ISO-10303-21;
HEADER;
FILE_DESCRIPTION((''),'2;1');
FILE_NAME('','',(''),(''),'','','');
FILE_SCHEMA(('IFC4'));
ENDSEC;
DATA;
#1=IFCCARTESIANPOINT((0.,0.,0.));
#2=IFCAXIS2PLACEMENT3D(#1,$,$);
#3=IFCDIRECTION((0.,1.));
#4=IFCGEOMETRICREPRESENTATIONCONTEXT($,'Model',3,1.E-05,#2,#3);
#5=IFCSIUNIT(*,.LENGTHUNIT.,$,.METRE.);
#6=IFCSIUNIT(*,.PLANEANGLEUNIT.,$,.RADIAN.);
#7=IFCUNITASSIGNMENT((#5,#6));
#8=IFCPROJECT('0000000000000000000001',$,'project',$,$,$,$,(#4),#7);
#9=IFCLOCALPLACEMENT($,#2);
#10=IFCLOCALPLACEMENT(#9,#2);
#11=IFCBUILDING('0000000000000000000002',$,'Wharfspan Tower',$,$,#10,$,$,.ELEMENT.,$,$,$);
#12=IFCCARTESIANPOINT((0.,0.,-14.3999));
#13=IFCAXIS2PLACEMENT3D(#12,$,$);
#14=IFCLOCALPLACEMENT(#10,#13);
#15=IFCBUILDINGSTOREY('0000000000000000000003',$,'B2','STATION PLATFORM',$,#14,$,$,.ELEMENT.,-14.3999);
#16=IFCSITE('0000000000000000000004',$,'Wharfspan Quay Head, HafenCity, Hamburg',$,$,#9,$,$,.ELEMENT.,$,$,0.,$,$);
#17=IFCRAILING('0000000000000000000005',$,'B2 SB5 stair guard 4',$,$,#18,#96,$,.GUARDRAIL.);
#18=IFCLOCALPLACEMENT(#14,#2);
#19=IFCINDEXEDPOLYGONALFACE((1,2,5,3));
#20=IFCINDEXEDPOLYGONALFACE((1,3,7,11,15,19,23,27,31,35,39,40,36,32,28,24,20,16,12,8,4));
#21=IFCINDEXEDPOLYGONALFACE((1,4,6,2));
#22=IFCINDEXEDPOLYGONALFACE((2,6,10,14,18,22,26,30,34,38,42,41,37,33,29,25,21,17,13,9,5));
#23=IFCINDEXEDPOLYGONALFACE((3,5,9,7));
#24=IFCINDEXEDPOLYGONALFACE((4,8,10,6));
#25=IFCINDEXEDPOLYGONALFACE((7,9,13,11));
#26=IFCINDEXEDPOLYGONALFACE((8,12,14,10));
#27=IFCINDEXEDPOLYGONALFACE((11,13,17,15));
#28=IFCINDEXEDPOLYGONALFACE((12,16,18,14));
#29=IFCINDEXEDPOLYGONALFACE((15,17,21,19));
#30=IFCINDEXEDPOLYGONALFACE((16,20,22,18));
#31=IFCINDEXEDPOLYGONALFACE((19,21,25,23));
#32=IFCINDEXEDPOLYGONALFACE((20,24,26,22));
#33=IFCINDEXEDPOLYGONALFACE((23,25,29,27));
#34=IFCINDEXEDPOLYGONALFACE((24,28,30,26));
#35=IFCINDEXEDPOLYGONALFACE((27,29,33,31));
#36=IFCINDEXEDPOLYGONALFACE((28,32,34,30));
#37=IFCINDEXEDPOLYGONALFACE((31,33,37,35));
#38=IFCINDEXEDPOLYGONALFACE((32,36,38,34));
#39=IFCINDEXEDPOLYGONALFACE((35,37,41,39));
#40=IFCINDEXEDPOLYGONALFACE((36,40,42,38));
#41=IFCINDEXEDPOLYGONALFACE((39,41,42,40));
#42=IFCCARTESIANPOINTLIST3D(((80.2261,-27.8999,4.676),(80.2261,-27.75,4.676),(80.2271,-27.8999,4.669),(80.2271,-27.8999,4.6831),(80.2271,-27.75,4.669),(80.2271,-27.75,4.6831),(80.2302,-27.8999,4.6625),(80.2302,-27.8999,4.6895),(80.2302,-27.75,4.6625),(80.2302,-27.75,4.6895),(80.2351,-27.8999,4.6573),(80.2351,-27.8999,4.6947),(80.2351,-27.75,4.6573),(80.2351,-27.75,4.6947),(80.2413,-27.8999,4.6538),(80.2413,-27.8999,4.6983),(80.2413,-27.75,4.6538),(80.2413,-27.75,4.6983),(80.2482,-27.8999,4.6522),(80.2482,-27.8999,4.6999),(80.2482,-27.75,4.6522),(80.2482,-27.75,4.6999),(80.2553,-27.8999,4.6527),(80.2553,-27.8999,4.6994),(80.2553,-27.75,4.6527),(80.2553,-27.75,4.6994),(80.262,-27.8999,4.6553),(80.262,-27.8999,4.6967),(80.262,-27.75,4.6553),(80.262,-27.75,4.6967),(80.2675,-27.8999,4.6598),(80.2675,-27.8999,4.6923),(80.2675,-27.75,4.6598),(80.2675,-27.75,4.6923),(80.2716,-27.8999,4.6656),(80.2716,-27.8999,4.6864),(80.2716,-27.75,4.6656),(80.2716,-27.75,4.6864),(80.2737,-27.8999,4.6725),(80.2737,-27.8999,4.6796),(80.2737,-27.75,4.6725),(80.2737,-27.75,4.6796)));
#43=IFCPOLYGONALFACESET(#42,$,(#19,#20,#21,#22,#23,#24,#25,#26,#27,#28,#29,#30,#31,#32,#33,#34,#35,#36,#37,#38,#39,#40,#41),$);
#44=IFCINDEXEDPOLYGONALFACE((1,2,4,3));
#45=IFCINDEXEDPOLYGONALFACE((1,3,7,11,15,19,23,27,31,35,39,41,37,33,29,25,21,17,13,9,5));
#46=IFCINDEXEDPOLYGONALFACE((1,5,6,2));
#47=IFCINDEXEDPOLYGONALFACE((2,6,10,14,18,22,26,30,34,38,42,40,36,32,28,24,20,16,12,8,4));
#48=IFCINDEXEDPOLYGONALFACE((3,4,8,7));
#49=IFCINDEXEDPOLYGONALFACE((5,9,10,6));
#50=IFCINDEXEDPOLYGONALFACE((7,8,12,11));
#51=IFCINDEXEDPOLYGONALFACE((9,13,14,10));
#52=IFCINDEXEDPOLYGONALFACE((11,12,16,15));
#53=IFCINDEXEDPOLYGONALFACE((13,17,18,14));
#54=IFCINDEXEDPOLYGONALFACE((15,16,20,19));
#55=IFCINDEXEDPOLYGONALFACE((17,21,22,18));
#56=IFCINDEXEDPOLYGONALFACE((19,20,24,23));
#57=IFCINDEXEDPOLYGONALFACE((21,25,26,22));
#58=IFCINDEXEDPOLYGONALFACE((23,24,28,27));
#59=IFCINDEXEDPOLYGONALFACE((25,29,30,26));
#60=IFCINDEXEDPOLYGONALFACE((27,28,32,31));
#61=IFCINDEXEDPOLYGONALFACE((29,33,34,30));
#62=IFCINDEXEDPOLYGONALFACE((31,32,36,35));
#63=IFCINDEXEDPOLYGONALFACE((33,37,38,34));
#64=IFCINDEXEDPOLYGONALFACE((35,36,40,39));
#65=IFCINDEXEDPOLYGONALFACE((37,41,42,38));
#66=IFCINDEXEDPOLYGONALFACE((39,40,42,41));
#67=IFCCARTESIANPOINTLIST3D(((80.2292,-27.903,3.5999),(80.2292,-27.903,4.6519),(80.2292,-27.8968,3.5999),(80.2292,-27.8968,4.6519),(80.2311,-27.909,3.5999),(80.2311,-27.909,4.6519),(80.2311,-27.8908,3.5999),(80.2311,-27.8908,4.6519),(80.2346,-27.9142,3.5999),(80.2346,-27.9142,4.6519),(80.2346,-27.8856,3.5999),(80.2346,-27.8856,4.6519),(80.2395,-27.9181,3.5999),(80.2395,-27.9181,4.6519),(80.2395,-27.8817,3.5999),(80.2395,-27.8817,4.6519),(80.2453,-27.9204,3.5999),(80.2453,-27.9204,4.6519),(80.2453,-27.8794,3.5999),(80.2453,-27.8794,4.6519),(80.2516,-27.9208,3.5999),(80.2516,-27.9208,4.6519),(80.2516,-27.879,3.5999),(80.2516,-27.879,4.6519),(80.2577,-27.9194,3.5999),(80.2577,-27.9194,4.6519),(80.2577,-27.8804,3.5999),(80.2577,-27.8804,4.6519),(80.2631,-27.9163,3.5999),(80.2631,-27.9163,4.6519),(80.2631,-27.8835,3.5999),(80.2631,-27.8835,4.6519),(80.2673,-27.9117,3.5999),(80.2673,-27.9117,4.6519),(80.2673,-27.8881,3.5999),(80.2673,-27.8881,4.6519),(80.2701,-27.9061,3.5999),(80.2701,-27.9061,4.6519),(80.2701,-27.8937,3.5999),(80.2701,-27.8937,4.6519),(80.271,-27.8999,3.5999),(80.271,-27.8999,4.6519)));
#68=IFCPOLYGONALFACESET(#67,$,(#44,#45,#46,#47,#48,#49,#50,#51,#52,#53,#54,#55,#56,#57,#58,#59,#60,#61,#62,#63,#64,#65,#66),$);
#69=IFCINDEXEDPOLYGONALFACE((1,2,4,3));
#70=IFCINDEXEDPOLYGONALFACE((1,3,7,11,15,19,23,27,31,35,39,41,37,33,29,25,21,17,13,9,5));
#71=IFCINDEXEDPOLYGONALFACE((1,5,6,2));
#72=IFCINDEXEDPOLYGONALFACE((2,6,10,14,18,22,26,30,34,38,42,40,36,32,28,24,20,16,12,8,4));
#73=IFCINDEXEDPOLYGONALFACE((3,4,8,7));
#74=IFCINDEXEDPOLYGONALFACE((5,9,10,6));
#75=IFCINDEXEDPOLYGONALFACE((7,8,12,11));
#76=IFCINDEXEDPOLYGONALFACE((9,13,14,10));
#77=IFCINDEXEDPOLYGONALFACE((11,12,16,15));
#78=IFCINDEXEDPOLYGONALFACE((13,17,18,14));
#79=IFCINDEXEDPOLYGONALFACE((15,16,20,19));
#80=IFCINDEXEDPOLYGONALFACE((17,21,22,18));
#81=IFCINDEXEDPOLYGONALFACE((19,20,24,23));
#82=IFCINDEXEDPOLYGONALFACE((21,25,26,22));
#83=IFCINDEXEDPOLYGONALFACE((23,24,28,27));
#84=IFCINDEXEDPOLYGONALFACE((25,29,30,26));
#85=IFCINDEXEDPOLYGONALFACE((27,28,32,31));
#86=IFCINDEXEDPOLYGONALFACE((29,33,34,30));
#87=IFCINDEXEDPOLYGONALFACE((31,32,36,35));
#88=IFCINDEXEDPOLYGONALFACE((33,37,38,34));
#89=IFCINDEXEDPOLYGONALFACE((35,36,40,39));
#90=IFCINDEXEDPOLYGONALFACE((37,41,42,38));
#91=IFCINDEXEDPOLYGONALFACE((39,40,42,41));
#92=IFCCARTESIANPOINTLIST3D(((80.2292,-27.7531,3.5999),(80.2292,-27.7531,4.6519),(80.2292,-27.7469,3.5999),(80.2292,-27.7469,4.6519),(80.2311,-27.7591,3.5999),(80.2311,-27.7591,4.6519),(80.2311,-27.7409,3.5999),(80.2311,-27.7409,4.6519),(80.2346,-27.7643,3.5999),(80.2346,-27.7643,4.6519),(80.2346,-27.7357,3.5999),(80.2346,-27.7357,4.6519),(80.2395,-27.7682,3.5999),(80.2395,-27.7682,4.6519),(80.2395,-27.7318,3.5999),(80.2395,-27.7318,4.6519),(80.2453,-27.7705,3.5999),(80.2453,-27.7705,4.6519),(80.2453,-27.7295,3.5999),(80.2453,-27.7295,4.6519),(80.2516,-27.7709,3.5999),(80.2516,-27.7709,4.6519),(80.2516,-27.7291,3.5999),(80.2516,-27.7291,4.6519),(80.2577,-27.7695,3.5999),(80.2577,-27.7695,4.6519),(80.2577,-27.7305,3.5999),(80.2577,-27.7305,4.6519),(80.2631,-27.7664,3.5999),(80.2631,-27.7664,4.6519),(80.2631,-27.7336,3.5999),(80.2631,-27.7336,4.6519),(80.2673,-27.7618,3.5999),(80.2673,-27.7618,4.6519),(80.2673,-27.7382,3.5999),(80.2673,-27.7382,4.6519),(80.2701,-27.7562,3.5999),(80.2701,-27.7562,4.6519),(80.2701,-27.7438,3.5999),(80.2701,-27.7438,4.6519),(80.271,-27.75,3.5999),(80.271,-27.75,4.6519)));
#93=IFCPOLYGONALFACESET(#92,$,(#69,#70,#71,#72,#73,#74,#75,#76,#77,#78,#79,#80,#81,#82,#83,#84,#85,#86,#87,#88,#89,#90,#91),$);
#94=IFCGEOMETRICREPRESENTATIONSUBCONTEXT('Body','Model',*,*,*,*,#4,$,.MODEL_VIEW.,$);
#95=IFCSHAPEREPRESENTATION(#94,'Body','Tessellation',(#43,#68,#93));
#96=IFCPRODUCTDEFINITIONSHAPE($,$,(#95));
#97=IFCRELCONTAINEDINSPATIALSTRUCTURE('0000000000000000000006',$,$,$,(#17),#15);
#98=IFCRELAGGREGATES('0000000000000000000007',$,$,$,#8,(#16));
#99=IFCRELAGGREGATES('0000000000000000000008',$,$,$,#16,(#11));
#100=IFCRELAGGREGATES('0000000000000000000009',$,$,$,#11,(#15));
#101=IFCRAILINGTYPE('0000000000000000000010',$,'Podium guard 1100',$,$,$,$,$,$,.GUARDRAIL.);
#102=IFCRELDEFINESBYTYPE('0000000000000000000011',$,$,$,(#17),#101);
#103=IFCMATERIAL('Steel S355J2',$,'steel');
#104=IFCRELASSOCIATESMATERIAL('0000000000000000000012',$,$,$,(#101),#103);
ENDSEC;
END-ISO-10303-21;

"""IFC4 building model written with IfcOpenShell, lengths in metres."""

from ifc_helpers import new_model, si_unit, direction, frame, origin, origin_2d, place, context, subcontext, project, spatial, circle, extrude, material, type_object, element, save


model = new_model("IFC4")

# Units and contexts
model_context = context("Model", 3, precision=1e-05, world=origin(), true_north=direction((0.0, 1.0)))
body_context = subcontext(model_context, "Body", "Model", "MODEL_VIEW")
ifc_project = project(units=[si_unit("LENGTHUNIT", "METRE"), si_unit("PLANEANGLEUNIT", "RADIAN")], contexts=[model_context])

# Site, building, storey
site_placement = place(None, origin())
site = spatial("IfcSite", under=ifc_project, at=site_placement, Name="Wharfspan Quay Head, HafenCity, Hamburg", CompositionType="ELEMENT", RefElevation=0.0)
building_placement = place(site_placement, origin())
building = spatial("IfcBuilding", under=site, at=building_placement, Name="Wharfspan Tower", CompositionType="ELEMENT")
storey_placement = place(building_placement, frame((0.0, 0.0, -14.3999)))
storey = spatial("IfcBuildingStorey", under=building, at=storey_placement, Name="B2", Description="STATION PLATFORM", CompositionType="ELEMENT", Elevation=-14.3999)

# Railing
ifc_material_1 = material(Name="Steel S355J2", Category="steel")
railing_type_1 = type_object("IfcRailingType", Name="Podium guard 1100", PredefinedType="GUARDRAIL", material=ifc_material_1)
railing_1_placement = place(storey_placement, frame((80.25, -27.8999, 3.5999)))
element("IfcRailing", 1, at=railing_1_placement, inside=storey, type_object=railing_type_1, Name="B2 SB5 stair guard 4", PredefinedType="GUARDRAIL", context=body_context, shape_type="SweptSolid", body=[
    extrude(circle(Radius=0.0239, at=origin_2d()), frame((0.0, 0.0, 1.0762), z_axis=(0.0, 1.0, 0.0), x_axis=(-1.0, 0.0, 0.0)), (0.0, 0.0, 1.0), 0.1499),
    extrude(circle(Radius=0.021, at=origin_2d()), origin(), (0.0, 0.0, 1.0), 1.052),
    extrude(circle(Radius=0.021, at=origin_2d()), frame((0.0, 0.1499, 0.0)), (0.0, 0.0, 1.0), 1.052),
])

save(model, "model.ifc")
